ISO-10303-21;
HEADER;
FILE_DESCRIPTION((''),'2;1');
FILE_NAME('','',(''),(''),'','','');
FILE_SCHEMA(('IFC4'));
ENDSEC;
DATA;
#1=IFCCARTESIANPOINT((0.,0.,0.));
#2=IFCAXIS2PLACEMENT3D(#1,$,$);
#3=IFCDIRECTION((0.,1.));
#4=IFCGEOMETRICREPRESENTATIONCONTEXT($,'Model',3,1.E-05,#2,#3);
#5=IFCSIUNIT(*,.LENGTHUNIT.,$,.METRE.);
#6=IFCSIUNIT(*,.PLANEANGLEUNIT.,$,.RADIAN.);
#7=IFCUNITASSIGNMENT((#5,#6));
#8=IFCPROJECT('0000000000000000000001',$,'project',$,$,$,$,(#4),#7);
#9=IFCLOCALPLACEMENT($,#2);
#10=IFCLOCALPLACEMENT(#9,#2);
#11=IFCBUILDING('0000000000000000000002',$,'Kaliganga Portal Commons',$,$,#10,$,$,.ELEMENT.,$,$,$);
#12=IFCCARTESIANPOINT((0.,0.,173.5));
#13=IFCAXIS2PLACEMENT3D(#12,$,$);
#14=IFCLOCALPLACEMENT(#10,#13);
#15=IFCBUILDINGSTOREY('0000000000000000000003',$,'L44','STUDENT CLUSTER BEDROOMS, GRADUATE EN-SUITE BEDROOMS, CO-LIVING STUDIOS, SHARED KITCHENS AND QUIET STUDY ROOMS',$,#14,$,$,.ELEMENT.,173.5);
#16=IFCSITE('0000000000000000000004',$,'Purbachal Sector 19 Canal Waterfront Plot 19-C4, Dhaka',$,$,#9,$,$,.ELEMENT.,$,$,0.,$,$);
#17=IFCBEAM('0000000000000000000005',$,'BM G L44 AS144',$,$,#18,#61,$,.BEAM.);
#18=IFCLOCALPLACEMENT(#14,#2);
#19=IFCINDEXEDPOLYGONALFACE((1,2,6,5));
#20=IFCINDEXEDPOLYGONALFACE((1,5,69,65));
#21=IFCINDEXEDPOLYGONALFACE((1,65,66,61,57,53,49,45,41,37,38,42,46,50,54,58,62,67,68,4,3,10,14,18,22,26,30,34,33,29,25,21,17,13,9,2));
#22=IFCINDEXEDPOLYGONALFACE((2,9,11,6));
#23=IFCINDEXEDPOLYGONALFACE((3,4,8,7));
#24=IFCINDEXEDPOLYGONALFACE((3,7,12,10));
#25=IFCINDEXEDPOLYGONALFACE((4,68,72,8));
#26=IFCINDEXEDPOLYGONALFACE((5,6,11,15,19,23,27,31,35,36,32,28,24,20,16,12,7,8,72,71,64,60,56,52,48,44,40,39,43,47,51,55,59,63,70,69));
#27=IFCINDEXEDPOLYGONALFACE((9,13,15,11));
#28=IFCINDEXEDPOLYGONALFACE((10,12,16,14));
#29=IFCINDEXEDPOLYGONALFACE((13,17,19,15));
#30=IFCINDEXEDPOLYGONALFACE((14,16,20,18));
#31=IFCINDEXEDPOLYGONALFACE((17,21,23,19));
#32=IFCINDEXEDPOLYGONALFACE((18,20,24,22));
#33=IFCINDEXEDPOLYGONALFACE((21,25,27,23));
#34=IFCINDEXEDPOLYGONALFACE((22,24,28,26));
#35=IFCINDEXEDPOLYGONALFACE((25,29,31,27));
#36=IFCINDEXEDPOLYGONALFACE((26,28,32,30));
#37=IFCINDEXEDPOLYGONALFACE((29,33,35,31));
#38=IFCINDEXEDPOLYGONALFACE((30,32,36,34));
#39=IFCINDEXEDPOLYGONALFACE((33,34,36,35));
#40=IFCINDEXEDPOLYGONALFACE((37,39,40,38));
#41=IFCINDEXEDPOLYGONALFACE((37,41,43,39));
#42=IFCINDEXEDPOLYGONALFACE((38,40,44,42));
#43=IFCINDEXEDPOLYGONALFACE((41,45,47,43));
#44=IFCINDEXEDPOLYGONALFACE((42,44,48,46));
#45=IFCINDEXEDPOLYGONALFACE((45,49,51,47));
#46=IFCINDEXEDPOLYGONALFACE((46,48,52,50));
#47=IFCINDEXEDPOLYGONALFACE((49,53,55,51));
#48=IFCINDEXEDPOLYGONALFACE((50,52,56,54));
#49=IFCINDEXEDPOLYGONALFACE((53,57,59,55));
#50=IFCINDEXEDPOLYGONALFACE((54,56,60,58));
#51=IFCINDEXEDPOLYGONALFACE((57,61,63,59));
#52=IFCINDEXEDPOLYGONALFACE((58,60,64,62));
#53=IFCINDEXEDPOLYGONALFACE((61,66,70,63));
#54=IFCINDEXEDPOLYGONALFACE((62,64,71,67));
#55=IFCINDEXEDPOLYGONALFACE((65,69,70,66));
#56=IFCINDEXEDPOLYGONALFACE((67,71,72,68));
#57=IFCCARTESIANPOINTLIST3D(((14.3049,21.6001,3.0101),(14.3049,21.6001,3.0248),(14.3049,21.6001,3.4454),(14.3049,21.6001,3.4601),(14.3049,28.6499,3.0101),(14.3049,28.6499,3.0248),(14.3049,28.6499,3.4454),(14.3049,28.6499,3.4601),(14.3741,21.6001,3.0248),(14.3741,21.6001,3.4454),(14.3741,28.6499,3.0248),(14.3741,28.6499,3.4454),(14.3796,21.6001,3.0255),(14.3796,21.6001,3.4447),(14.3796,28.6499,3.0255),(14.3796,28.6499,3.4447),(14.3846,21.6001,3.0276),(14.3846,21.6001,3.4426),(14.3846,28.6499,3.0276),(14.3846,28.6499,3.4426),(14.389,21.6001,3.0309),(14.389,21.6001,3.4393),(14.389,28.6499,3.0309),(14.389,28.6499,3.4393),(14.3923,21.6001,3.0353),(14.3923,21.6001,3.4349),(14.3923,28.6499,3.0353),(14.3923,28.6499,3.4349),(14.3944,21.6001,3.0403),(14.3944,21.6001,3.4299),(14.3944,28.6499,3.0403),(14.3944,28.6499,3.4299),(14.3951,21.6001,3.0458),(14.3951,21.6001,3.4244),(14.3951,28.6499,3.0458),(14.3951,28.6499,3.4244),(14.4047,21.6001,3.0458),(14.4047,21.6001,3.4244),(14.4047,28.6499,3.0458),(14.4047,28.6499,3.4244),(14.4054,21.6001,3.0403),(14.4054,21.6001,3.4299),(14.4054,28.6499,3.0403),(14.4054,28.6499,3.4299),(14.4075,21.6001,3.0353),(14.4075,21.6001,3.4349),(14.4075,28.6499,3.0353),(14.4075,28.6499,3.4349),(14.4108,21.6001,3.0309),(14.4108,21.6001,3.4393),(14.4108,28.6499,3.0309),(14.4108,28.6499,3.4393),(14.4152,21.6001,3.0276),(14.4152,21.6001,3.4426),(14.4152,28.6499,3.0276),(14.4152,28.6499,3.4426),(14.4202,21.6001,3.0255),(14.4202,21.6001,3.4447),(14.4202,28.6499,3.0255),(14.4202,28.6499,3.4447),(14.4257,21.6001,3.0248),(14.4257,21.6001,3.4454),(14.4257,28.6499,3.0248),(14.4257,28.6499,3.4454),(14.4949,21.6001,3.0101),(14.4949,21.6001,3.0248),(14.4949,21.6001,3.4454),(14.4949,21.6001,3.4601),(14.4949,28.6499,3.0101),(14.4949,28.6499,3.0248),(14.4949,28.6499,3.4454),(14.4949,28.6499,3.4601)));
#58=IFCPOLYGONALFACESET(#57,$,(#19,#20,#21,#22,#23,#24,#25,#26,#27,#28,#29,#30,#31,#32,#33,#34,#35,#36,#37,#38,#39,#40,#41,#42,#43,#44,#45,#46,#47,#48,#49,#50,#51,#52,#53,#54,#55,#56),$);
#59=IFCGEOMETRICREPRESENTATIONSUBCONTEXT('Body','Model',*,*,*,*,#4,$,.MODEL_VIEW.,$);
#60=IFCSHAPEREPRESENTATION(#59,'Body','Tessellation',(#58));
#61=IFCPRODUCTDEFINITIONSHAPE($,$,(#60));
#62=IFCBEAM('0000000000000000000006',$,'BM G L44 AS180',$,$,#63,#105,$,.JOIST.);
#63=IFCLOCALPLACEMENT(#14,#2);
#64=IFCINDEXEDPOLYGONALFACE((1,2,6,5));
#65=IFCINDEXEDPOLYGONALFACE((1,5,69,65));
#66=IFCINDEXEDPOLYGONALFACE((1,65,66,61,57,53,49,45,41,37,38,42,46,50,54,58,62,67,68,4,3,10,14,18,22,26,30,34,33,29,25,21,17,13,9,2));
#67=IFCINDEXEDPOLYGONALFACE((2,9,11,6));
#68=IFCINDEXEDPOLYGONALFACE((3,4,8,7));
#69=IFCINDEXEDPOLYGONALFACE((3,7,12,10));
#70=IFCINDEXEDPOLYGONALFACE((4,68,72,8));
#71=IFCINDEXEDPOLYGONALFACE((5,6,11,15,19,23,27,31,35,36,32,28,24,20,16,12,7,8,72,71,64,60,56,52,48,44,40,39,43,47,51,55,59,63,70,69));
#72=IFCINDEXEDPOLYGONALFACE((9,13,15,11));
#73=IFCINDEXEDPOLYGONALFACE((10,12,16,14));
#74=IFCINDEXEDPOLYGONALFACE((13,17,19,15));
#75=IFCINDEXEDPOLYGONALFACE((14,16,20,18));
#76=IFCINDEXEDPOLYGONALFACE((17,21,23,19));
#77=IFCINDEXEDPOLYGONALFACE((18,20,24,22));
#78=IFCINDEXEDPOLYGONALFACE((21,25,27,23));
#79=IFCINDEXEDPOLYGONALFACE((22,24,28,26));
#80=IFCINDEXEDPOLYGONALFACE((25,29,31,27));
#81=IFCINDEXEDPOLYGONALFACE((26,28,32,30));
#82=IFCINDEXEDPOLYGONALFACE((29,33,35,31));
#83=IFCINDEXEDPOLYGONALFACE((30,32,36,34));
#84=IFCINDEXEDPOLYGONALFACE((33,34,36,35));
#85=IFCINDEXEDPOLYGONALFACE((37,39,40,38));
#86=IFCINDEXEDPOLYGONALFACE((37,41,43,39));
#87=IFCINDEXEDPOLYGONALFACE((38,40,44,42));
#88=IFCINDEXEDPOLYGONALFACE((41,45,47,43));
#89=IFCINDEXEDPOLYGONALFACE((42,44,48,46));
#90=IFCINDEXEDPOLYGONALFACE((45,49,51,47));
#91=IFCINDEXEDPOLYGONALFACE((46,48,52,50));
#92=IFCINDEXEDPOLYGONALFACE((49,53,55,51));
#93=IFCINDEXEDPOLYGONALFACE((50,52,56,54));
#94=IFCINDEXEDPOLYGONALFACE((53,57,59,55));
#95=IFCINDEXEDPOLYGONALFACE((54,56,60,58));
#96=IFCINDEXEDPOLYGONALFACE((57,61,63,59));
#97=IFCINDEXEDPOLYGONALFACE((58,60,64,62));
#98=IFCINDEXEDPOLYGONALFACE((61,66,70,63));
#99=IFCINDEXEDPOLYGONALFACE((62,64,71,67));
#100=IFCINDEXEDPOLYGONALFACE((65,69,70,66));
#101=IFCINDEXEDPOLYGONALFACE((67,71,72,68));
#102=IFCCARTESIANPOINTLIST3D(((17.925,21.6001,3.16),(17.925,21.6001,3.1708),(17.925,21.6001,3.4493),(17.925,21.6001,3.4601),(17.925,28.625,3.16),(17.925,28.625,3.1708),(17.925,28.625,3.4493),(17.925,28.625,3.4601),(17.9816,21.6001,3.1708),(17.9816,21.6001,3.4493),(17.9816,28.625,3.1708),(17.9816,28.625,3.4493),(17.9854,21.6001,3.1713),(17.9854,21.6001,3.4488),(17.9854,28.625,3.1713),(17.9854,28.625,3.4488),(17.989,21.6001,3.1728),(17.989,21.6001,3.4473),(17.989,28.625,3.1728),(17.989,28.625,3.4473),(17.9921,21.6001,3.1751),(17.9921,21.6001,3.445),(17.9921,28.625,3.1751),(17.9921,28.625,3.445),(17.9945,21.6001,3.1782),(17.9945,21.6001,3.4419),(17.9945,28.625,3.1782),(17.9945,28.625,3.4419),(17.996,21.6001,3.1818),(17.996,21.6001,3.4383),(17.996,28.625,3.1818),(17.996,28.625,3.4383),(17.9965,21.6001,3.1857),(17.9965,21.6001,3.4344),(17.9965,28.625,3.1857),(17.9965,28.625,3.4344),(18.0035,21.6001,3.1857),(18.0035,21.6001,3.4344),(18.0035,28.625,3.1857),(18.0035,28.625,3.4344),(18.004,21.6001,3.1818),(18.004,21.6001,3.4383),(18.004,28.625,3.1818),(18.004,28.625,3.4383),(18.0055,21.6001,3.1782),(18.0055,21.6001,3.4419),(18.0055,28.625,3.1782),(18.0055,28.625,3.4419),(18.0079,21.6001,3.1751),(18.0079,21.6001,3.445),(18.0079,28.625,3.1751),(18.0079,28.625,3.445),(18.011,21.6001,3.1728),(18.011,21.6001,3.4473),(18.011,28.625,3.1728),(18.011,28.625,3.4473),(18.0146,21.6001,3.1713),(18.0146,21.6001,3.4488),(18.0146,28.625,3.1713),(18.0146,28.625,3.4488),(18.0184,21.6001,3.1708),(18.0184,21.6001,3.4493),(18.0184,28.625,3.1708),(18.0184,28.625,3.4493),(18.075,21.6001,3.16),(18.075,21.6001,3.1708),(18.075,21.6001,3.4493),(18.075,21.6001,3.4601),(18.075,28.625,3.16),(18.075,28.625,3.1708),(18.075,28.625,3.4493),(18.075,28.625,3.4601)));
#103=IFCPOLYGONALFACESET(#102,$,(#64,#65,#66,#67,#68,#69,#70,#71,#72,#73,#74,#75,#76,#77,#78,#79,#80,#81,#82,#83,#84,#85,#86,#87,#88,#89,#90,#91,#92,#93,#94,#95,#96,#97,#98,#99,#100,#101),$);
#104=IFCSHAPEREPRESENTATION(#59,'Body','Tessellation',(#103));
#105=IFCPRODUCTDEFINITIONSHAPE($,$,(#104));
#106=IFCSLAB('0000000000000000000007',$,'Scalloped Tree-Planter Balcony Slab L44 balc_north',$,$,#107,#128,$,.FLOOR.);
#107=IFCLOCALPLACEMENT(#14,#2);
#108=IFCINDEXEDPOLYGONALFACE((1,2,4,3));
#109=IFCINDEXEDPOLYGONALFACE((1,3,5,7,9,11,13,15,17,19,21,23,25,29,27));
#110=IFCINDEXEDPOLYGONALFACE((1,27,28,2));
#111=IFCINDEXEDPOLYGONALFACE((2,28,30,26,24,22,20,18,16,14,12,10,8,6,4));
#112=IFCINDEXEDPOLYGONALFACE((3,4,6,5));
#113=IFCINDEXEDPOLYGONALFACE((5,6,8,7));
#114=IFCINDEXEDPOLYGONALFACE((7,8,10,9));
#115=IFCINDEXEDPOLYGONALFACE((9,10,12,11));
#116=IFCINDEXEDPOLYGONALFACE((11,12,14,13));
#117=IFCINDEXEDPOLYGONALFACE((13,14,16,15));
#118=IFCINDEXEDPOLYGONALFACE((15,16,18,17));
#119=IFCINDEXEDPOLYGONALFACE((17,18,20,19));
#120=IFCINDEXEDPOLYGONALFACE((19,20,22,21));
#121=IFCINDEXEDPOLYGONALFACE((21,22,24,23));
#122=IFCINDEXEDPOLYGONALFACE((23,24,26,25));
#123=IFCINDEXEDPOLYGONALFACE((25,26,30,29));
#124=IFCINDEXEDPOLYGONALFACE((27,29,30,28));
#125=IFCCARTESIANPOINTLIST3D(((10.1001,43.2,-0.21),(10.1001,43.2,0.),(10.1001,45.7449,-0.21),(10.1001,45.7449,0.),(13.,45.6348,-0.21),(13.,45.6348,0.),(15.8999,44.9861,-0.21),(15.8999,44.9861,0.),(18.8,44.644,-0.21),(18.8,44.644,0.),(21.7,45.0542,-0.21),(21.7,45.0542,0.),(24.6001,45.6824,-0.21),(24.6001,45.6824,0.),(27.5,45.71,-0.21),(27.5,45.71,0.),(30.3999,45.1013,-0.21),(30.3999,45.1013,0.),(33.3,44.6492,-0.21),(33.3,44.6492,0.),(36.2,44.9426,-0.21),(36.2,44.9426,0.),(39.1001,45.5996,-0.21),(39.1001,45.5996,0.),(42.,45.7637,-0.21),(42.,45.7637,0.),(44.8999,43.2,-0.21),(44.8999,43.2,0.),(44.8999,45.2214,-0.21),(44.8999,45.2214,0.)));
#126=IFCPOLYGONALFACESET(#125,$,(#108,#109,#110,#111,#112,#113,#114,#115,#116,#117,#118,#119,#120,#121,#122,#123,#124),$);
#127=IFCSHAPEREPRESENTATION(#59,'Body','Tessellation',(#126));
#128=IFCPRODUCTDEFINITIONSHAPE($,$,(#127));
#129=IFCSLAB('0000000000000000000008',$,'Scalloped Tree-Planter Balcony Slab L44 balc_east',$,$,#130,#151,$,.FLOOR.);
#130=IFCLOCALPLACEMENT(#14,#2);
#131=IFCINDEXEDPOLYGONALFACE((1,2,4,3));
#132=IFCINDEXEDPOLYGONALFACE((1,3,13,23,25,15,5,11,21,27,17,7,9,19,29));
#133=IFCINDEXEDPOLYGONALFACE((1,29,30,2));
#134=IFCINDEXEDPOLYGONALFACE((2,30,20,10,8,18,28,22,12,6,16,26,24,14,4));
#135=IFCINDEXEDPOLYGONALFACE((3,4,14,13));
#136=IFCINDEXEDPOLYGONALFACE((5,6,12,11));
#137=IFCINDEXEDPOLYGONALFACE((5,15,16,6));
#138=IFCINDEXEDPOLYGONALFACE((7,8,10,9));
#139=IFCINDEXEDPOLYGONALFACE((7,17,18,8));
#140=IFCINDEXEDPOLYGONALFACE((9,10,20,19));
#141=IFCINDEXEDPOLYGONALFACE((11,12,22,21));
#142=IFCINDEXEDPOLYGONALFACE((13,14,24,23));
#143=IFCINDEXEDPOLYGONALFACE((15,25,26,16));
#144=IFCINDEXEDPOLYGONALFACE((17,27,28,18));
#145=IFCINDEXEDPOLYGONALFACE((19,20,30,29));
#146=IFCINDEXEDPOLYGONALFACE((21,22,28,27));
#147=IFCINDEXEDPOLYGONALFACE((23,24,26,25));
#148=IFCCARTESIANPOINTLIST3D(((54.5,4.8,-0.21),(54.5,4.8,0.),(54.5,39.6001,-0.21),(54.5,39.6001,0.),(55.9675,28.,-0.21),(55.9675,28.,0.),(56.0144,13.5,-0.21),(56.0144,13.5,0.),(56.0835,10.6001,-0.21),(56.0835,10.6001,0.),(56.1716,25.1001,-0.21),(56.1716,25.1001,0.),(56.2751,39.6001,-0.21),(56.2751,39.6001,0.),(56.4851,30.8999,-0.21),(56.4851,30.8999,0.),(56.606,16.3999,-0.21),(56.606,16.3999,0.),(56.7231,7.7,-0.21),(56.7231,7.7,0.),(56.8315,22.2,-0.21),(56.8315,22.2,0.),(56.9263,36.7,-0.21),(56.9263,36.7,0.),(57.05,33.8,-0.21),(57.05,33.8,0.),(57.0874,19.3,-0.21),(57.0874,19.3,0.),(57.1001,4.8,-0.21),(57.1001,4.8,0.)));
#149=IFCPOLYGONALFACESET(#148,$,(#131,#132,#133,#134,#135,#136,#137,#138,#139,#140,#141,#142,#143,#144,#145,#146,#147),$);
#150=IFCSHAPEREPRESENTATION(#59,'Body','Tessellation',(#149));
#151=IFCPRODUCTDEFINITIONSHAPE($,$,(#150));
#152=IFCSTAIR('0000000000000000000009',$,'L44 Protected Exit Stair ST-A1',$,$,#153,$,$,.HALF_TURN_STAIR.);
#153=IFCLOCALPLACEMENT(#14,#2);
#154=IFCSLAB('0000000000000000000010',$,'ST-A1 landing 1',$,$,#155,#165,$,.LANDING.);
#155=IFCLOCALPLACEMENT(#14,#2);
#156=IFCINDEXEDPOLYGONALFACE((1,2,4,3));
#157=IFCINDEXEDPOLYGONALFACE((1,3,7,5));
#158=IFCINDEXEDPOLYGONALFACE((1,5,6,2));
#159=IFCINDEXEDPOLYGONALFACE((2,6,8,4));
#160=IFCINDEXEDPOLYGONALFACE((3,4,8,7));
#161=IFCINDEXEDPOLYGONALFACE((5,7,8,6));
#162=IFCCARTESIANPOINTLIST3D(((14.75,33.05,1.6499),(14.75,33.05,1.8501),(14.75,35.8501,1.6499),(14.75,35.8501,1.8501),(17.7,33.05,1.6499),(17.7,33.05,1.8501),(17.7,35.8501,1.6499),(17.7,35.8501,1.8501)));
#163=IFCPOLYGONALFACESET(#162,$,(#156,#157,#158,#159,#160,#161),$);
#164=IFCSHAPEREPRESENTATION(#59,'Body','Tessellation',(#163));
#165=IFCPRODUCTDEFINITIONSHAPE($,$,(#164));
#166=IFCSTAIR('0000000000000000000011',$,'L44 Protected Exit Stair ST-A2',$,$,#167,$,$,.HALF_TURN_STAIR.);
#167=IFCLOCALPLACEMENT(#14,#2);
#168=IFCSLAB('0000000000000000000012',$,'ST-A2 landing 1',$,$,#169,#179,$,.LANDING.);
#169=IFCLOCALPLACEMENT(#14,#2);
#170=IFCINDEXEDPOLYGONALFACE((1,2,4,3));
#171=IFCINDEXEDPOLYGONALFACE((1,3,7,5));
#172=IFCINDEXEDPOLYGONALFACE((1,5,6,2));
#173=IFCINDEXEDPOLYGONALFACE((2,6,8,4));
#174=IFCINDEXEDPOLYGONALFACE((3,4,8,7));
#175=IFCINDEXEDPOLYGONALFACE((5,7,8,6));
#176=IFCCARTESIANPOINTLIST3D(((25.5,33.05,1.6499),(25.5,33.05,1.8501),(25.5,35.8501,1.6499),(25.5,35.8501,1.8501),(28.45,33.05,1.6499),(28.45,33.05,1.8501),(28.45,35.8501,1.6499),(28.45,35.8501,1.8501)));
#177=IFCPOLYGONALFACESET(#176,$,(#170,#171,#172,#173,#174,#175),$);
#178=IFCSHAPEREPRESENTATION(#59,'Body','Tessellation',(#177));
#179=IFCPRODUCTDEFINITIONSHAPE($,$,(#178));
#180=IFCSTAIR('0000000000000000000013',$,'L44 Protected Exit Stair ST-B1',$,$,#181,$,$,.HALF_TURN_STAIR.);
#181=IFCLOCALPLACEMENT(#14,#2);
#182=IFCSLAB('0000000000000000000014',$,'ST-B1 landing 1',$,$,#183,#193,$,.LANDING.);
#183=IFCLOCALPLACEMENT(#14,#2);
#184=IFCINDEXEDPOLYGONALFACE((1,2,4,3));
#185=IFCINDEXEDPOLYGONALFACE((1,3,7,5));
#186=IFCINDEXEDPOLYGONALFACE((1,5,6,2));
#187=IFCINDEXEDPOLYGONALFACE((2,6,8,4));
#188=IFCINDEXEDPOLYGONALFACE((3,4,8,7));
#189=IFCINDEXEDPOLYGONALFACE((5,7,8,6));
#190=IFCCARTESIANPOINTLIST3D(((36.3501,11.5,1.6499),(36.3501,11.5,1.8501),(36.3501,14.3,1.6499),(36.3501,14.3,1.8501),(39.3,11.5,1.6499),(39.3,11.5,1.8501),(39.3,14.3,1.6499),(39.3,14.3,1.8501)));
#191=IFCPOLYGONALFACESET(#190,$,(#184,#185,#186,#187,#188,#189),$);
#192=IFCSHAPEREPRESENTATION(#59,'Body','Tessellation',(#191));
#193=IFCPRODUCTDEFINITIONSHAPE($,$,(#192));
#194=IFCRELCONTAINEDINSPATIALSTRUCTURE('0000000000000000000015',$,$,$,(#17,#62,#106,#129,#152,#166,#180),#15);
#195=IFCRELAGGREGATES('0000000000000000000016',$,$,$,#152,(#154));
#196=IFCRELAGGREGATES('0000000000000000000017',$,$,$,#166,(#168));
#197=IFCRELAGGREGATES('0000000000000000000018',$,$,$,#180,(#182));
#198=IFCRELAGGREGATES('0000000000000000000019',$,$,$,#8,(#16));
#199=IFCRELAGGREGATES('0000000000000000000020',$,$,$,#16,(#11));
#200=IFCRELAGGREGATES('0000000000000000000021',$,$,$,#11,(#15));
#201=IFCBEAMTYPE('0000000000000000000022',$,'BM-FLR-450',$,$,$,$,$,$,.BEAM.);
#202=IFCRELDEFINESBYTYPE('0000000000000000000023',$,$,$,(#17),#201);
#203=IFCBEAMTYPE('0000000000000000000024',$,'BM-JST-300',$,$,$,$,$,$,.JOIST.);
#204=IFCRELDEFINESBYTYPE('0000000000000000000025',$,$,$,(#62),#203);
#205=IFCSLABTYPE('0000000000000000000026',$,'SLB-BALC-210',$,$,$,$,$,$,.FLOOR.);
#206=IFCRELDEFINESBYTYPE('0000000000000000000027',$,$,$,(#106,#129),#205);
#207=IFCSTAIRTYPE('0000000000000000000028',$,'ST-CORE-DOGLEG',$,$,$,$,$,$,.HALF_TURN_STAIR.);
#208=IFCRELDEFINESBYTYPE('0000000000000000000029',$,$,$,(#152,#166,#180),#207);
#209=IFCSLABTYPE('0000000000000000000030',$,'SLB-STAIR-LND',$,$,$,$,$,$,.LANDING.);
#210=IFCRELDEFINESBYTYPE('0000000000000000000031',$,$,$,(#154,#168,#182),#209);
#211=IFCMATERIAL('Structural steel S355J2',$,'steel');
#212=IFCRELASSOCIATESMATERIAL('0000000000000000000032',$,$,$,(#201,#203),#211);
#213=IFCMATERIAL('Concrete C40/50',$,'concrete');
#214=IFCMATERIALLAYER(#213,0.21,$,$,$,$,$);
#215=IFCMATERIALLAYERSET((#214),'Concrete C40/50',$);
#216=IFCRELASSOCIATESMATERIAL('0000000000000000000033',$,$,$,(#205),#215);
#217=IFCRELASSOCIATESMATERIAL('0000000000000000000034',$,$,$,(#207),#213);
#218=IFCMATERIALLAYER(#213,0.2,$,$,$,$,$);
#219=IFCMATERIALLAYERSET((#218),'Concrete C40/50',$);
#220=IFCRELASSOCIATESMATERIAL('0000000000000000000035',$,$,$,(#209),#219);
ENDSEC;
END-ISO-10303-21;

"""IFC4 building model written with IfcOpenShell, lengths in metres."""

from ifc_helpers import new_model, si_unit, direction, frame, origin, origin_2d, place, context, subcontext, project, spatial, polyline, i_section, outline, extrude, source, transform, mapped, material, layer, layer_set, material_profile, profile_set, type_object, element, aggregate, save


model = new_model("IFC4")

# Units and contexts
model_context = context("Model", 3, precision=1e-05, world=origin(), true_north=direction((0.0, 1.0)))
body_context = subcontext(model_context, "Body", "Model", "MODEL_VIEW")
ifc_project = project(units=[si_unit("LENGTHUNIT", "METRE"), si_unit("PLANEANGLEUNIT", "RADIAN")], contexts=[model_context])

# Site, building, storey
site_placement = place(None, origin())
site = spatial("IfcSite", under=ifc_project, at=site_placement, Name="Purbachal Sector 19 Canal Waterfront Plot 19-C4, Dhaka", CompositionType="ELEMENT", RefElevation=0.0)
building_placement = place(site_placement, origin())
building = spatial("IfcBuilding", under=site, at=building_placement, Name="Kaliganga Portal Commons", CompositionType="ELEMENT")
storey_placement = place(building_placement, frame((0.0, 0.0, 173.5)))
storey = spatial("IfcBuildingStorey", under=building, at=storey_placement, Name="L44", Description="STUDENT CLUSTER BEDROOMS, GRADUATE EN-SUITE BEDROOMS, CO-LIVING STUDIOS, SHARED KITCHENS AND QUIET STUDY ROOMS", CompositionType="ELEMENT", Elevation=173.5)

# Beams
ifc_material_1 = material(Name="Structural steel S355J2", Category="steel")
ifc_material_profile_1 = material_profile(ifc_material_1, i_section(OverallWidth=0.1899, OverallDepth=0.45, WebThickness=0.0095, FlangeThickness=0.0146, FilletRadius=0.021, at=origin_2d()), Name="IPE 450")
ifc_profile_set_1 = profile_set([ifc_material_profile_1], Name="Structural steel S355J2 wide-flange")
beam_type_1 = type_object("IfcBeamType", Name="BM-FLR-450", PredefinedType="BEAM", material=ifc_profile_set_1)
shared_shape_1 = source(origin(), body_context, "Body", "SweptSolid", [
    extrude(i_section(OverallWidth=0.1899, OverallDepth=0.45, WebThickness=0.0095, FlangeThickness=0.0146, FilletRadius=0.021, at=origin_2d()), origin(), (0.0, 0.0, 1.0), 7.0498),
])
beam_1_placement = place(storey_placement, frame((14.3999, 21.6001, 3.2351), z_axis=(0.0, 1.0, 0.0), x_axis=(-1.0, 0.0, 0.0)))
element("IfcBeam", 1, at=beam_1_placement, inside=storey, type_object=beam_type_1, Name="BM G L44 AS144", PredefinedType="BEAM", context=body_context, shape_type="MappedRepresentation", body=[
    mapped(shared_shape_1, transform((0.0, 0.0, 0.0), x_axis=(1.0, 0.0, 0.0), y_axis=(0.0, 1.0, 0.0), z_axis=(0.0, 0.0, 1.0), scale=1.0)),
])
ifc_material_profile_2 = material_profile(ifc_material_1, i_section(OverallWidth=0.1499, OverallDepth=0.3, WebThickness=0.0071, FlangeThickness=0.0107, FilletRadius=0.0149, at=origin_2d()), Name="IPE 300")
ifc_profile_set_2 = profile_set([ifc_material_profile_2], Name="Structural steel S355J2 wide-flange")
beam_type_2 = type_object("IfcBeamType", Name="BM-JST-300", PredefinedType="JOIST", material=ifc_profile_set_2)
shared_shape_2 = source(origin(), body_context, "Body", "SweptSolid", [
    extrude(i_section(OverallWidth=0.1499, OverallDepth=0.3, WebThickness=0.0071, FlangeThickness=0.0107, FilletRadius=0.0149, at=origin_2d()), origin(), (0.0, 0.0, 1.0), 7.0249),
])
beam_2_placement = place(storey_placement, frame((18.0, 21.6001, 3.3101), z_axis=(0.0, 1.0, 0.0), x_axis=(-1.0, 0.0, 0.0)))
element("IfcBeam", 2, at=beam_2_placement, inside=storey, type_object=beam_type_2, Name="BM G L44 AS180", PredefinedType="JOIST", context=body_context, shape_type="MappedRepresentation", body=[
    mapped(shared_shape_2, transform((0.0, 0.0, 0.0), x_axis=(1.0, 0.0, 0.0), y_axis=(0.0, 1.0, 0.0), z_axis=(0.0, 0.0, 1.0), scale=1.0)),
])

# Slabs
ifc_material_2 = material(Name="Concrete C40/50", Category="concrete")
ifc_layer_1 = layer(ifc_material_2, 0.21)
ifc_layer_set_1 = layer_set([ifc_layer_1], Name="Concrete C40/50")
slab_type_1 = type_object("IfcSlabType", Name="SLB-BALC-210", PredefinedType="FLOOR", material=ifc_layer_set_1)
slab_1_placement = place(storey_placement, frame((0.0, 0.0, -0.21)))
element("IfcSlab", 3, at=slab_1_placement, inside=storey, type_object=slab_type_1, Name="Scalloped Tree-Planter Balcony Slab L44 balc_north", PredefinedType="FLOOR", context=body_context, shape_type="SweptSolid", body=[
    extrude(outline(polyline([(44.8999, 43.2), (44.8999, 45.2214), (42.0, 45.7637), (39.1001, 45.5996), (36.2, 44.9426), (33.3, 44.6492), (30.3999, 45.1013), (27.5, 45.71), (24.6001, 45.6824), (21.7, 45.0542), (18.8, 44.644), (15.8999, 44.9861), (13.0, 45.6348), (10.1001, 45.7449), (10.1001, 43.2), (44.8999, 43.2)])), origin(), (0.0, 0.0, 1.0), 0.21),
])
slab_2_placement = place(storey_placement, frame((0.0, 0.0, -0.21)))
element("IfcSlab", 4, at=slab_2_placement, inside=storey, type_object=slab_type_1, Name="Scalloped Tree-Planter Balcony Slab L44 balc_east", PredefinedType="FLOOR", context=body_context, shape_type="SweptSolid", body=[
    extrude(outline(polyline([(54.5, 4.8), (57.1001, 4.8), (56.7231, 7.7), (56.0835, 10.6001), (56.0144, 13.5), (56.606, 16.3999), (57.0874, 19.3), (56.8315, 22.2), (56.1716, 25.1001), (55.9675, 28.0), (56.4851, 30.8999), (57.05, 33.8), (56.9263, 36.7), (56.2751, 39.6001), (54.5, 39.6001), (54.5, 4.8)])), origin(), (0.0, 0.0, 1.0), 0.21),
])

# Stairs, slabs
stair_type = type_object("IfcStairType", Name="ST-CORE-DOGLEG", PredefinedType="HALF_TURN_STAIR", material=ifc_material_2)
stair_1_placement = place(storey_placement, origin())
stair_1 = element("IfcStair", 5, at=stair_1_placement, inside=storey, type_object=stair_type, Name="L44 Protected Exit Stair ST-A1", PredefinedType="HALF_TURN_STAIR")
ifc_layer_2 = layer(ifc_material_2, 0.2)
ifc_layer_set_2 = layer_set([ifc_layer_2], Name="Concrete C40/50")
slab_type_2 = type_object("IfcSlabType", Name="SLB-STAIR-LND", PredefinedType="LANDING", material=ifc_layer_set_2)
slab_3_placement = place(storey_placement, frame((0.0, 0.0, 1.6499)))
slab_3 = element("IfcSlab", 6, at=slab_3_placement, type_object=slab_type_2, Name="ST-A1 landing 1", PredefinedType="LANDING", context=body_context, shape_type="SweptSolid", body=[
    extrude(outline(polyline([(17.7, 33.05), (17.7, 35.8501), (14.75, 35.8501), (14.75, 33.05), (17.7, 33.05)])), origin(), (0.0, 0.0, 1.0), 0.2002),
])
aggregate(stair_1, [slab_3])
stair_2_placement = place(storey_placement, origin())
stair_2 = element("IfcStair", 7, at=stair_2_placement, inside=storey, type_object=stair_type, Name="L44 Protected Exit Stair ST-A2", PredefinedType="HALF_TURN_STAIR")
slab_4_placement = place(storey_placement, frame((0.0, 0.0, 1.6499)))
slab_4 = element("IfcSlab", 8, at=slab_4_placement, type_object=slab_type_2, Name="ST-A2 landing 1", PredefinedType="LANDING", context=body_context, shape_type="SweptSolid", body=[
    extrude(outline(polyline([(28.45, 33.05), (28.45, 35.8501), (25.5, 35.8501), (25.5, 33.05), (28.45, 33.05)])), origin(), (0.0, 0.0, 1.0), 0.2002),
])
aggregate(stair_2, [slab_4])
stair_3_placement = place(storey_placement, origin())
stair_3 = element("IfcStair", 9, at=stair_3_placement, inside=storey, type_object=stair_type, Name="L44 Protected Exit Stair ST-B1", PredefinedType="HALF_TURN_STAIR")
slab_5_placement = place(storey_placement, frame((0.0, 0.0, 1.6499)))
slab_5 = element("IfcSlab", 10, at=slab_5_placement, type_object=slab_type_2, Name="ST-B1 landing 1", PredefinedType="LANDING", context=body_context, shape_type="SweptSolid", body=[
    extrude(outline(polyline([(39.3, 11.5), (39.3, 14.3), (36.3501, 14.3), (36.3501, 11.5), (39.3, 11.5)])), origin(), (0.0, 0.0, 1.0), 0.2002),
])
aggregate(stair_3, [slab_5])

save(model, "model.ifc")
